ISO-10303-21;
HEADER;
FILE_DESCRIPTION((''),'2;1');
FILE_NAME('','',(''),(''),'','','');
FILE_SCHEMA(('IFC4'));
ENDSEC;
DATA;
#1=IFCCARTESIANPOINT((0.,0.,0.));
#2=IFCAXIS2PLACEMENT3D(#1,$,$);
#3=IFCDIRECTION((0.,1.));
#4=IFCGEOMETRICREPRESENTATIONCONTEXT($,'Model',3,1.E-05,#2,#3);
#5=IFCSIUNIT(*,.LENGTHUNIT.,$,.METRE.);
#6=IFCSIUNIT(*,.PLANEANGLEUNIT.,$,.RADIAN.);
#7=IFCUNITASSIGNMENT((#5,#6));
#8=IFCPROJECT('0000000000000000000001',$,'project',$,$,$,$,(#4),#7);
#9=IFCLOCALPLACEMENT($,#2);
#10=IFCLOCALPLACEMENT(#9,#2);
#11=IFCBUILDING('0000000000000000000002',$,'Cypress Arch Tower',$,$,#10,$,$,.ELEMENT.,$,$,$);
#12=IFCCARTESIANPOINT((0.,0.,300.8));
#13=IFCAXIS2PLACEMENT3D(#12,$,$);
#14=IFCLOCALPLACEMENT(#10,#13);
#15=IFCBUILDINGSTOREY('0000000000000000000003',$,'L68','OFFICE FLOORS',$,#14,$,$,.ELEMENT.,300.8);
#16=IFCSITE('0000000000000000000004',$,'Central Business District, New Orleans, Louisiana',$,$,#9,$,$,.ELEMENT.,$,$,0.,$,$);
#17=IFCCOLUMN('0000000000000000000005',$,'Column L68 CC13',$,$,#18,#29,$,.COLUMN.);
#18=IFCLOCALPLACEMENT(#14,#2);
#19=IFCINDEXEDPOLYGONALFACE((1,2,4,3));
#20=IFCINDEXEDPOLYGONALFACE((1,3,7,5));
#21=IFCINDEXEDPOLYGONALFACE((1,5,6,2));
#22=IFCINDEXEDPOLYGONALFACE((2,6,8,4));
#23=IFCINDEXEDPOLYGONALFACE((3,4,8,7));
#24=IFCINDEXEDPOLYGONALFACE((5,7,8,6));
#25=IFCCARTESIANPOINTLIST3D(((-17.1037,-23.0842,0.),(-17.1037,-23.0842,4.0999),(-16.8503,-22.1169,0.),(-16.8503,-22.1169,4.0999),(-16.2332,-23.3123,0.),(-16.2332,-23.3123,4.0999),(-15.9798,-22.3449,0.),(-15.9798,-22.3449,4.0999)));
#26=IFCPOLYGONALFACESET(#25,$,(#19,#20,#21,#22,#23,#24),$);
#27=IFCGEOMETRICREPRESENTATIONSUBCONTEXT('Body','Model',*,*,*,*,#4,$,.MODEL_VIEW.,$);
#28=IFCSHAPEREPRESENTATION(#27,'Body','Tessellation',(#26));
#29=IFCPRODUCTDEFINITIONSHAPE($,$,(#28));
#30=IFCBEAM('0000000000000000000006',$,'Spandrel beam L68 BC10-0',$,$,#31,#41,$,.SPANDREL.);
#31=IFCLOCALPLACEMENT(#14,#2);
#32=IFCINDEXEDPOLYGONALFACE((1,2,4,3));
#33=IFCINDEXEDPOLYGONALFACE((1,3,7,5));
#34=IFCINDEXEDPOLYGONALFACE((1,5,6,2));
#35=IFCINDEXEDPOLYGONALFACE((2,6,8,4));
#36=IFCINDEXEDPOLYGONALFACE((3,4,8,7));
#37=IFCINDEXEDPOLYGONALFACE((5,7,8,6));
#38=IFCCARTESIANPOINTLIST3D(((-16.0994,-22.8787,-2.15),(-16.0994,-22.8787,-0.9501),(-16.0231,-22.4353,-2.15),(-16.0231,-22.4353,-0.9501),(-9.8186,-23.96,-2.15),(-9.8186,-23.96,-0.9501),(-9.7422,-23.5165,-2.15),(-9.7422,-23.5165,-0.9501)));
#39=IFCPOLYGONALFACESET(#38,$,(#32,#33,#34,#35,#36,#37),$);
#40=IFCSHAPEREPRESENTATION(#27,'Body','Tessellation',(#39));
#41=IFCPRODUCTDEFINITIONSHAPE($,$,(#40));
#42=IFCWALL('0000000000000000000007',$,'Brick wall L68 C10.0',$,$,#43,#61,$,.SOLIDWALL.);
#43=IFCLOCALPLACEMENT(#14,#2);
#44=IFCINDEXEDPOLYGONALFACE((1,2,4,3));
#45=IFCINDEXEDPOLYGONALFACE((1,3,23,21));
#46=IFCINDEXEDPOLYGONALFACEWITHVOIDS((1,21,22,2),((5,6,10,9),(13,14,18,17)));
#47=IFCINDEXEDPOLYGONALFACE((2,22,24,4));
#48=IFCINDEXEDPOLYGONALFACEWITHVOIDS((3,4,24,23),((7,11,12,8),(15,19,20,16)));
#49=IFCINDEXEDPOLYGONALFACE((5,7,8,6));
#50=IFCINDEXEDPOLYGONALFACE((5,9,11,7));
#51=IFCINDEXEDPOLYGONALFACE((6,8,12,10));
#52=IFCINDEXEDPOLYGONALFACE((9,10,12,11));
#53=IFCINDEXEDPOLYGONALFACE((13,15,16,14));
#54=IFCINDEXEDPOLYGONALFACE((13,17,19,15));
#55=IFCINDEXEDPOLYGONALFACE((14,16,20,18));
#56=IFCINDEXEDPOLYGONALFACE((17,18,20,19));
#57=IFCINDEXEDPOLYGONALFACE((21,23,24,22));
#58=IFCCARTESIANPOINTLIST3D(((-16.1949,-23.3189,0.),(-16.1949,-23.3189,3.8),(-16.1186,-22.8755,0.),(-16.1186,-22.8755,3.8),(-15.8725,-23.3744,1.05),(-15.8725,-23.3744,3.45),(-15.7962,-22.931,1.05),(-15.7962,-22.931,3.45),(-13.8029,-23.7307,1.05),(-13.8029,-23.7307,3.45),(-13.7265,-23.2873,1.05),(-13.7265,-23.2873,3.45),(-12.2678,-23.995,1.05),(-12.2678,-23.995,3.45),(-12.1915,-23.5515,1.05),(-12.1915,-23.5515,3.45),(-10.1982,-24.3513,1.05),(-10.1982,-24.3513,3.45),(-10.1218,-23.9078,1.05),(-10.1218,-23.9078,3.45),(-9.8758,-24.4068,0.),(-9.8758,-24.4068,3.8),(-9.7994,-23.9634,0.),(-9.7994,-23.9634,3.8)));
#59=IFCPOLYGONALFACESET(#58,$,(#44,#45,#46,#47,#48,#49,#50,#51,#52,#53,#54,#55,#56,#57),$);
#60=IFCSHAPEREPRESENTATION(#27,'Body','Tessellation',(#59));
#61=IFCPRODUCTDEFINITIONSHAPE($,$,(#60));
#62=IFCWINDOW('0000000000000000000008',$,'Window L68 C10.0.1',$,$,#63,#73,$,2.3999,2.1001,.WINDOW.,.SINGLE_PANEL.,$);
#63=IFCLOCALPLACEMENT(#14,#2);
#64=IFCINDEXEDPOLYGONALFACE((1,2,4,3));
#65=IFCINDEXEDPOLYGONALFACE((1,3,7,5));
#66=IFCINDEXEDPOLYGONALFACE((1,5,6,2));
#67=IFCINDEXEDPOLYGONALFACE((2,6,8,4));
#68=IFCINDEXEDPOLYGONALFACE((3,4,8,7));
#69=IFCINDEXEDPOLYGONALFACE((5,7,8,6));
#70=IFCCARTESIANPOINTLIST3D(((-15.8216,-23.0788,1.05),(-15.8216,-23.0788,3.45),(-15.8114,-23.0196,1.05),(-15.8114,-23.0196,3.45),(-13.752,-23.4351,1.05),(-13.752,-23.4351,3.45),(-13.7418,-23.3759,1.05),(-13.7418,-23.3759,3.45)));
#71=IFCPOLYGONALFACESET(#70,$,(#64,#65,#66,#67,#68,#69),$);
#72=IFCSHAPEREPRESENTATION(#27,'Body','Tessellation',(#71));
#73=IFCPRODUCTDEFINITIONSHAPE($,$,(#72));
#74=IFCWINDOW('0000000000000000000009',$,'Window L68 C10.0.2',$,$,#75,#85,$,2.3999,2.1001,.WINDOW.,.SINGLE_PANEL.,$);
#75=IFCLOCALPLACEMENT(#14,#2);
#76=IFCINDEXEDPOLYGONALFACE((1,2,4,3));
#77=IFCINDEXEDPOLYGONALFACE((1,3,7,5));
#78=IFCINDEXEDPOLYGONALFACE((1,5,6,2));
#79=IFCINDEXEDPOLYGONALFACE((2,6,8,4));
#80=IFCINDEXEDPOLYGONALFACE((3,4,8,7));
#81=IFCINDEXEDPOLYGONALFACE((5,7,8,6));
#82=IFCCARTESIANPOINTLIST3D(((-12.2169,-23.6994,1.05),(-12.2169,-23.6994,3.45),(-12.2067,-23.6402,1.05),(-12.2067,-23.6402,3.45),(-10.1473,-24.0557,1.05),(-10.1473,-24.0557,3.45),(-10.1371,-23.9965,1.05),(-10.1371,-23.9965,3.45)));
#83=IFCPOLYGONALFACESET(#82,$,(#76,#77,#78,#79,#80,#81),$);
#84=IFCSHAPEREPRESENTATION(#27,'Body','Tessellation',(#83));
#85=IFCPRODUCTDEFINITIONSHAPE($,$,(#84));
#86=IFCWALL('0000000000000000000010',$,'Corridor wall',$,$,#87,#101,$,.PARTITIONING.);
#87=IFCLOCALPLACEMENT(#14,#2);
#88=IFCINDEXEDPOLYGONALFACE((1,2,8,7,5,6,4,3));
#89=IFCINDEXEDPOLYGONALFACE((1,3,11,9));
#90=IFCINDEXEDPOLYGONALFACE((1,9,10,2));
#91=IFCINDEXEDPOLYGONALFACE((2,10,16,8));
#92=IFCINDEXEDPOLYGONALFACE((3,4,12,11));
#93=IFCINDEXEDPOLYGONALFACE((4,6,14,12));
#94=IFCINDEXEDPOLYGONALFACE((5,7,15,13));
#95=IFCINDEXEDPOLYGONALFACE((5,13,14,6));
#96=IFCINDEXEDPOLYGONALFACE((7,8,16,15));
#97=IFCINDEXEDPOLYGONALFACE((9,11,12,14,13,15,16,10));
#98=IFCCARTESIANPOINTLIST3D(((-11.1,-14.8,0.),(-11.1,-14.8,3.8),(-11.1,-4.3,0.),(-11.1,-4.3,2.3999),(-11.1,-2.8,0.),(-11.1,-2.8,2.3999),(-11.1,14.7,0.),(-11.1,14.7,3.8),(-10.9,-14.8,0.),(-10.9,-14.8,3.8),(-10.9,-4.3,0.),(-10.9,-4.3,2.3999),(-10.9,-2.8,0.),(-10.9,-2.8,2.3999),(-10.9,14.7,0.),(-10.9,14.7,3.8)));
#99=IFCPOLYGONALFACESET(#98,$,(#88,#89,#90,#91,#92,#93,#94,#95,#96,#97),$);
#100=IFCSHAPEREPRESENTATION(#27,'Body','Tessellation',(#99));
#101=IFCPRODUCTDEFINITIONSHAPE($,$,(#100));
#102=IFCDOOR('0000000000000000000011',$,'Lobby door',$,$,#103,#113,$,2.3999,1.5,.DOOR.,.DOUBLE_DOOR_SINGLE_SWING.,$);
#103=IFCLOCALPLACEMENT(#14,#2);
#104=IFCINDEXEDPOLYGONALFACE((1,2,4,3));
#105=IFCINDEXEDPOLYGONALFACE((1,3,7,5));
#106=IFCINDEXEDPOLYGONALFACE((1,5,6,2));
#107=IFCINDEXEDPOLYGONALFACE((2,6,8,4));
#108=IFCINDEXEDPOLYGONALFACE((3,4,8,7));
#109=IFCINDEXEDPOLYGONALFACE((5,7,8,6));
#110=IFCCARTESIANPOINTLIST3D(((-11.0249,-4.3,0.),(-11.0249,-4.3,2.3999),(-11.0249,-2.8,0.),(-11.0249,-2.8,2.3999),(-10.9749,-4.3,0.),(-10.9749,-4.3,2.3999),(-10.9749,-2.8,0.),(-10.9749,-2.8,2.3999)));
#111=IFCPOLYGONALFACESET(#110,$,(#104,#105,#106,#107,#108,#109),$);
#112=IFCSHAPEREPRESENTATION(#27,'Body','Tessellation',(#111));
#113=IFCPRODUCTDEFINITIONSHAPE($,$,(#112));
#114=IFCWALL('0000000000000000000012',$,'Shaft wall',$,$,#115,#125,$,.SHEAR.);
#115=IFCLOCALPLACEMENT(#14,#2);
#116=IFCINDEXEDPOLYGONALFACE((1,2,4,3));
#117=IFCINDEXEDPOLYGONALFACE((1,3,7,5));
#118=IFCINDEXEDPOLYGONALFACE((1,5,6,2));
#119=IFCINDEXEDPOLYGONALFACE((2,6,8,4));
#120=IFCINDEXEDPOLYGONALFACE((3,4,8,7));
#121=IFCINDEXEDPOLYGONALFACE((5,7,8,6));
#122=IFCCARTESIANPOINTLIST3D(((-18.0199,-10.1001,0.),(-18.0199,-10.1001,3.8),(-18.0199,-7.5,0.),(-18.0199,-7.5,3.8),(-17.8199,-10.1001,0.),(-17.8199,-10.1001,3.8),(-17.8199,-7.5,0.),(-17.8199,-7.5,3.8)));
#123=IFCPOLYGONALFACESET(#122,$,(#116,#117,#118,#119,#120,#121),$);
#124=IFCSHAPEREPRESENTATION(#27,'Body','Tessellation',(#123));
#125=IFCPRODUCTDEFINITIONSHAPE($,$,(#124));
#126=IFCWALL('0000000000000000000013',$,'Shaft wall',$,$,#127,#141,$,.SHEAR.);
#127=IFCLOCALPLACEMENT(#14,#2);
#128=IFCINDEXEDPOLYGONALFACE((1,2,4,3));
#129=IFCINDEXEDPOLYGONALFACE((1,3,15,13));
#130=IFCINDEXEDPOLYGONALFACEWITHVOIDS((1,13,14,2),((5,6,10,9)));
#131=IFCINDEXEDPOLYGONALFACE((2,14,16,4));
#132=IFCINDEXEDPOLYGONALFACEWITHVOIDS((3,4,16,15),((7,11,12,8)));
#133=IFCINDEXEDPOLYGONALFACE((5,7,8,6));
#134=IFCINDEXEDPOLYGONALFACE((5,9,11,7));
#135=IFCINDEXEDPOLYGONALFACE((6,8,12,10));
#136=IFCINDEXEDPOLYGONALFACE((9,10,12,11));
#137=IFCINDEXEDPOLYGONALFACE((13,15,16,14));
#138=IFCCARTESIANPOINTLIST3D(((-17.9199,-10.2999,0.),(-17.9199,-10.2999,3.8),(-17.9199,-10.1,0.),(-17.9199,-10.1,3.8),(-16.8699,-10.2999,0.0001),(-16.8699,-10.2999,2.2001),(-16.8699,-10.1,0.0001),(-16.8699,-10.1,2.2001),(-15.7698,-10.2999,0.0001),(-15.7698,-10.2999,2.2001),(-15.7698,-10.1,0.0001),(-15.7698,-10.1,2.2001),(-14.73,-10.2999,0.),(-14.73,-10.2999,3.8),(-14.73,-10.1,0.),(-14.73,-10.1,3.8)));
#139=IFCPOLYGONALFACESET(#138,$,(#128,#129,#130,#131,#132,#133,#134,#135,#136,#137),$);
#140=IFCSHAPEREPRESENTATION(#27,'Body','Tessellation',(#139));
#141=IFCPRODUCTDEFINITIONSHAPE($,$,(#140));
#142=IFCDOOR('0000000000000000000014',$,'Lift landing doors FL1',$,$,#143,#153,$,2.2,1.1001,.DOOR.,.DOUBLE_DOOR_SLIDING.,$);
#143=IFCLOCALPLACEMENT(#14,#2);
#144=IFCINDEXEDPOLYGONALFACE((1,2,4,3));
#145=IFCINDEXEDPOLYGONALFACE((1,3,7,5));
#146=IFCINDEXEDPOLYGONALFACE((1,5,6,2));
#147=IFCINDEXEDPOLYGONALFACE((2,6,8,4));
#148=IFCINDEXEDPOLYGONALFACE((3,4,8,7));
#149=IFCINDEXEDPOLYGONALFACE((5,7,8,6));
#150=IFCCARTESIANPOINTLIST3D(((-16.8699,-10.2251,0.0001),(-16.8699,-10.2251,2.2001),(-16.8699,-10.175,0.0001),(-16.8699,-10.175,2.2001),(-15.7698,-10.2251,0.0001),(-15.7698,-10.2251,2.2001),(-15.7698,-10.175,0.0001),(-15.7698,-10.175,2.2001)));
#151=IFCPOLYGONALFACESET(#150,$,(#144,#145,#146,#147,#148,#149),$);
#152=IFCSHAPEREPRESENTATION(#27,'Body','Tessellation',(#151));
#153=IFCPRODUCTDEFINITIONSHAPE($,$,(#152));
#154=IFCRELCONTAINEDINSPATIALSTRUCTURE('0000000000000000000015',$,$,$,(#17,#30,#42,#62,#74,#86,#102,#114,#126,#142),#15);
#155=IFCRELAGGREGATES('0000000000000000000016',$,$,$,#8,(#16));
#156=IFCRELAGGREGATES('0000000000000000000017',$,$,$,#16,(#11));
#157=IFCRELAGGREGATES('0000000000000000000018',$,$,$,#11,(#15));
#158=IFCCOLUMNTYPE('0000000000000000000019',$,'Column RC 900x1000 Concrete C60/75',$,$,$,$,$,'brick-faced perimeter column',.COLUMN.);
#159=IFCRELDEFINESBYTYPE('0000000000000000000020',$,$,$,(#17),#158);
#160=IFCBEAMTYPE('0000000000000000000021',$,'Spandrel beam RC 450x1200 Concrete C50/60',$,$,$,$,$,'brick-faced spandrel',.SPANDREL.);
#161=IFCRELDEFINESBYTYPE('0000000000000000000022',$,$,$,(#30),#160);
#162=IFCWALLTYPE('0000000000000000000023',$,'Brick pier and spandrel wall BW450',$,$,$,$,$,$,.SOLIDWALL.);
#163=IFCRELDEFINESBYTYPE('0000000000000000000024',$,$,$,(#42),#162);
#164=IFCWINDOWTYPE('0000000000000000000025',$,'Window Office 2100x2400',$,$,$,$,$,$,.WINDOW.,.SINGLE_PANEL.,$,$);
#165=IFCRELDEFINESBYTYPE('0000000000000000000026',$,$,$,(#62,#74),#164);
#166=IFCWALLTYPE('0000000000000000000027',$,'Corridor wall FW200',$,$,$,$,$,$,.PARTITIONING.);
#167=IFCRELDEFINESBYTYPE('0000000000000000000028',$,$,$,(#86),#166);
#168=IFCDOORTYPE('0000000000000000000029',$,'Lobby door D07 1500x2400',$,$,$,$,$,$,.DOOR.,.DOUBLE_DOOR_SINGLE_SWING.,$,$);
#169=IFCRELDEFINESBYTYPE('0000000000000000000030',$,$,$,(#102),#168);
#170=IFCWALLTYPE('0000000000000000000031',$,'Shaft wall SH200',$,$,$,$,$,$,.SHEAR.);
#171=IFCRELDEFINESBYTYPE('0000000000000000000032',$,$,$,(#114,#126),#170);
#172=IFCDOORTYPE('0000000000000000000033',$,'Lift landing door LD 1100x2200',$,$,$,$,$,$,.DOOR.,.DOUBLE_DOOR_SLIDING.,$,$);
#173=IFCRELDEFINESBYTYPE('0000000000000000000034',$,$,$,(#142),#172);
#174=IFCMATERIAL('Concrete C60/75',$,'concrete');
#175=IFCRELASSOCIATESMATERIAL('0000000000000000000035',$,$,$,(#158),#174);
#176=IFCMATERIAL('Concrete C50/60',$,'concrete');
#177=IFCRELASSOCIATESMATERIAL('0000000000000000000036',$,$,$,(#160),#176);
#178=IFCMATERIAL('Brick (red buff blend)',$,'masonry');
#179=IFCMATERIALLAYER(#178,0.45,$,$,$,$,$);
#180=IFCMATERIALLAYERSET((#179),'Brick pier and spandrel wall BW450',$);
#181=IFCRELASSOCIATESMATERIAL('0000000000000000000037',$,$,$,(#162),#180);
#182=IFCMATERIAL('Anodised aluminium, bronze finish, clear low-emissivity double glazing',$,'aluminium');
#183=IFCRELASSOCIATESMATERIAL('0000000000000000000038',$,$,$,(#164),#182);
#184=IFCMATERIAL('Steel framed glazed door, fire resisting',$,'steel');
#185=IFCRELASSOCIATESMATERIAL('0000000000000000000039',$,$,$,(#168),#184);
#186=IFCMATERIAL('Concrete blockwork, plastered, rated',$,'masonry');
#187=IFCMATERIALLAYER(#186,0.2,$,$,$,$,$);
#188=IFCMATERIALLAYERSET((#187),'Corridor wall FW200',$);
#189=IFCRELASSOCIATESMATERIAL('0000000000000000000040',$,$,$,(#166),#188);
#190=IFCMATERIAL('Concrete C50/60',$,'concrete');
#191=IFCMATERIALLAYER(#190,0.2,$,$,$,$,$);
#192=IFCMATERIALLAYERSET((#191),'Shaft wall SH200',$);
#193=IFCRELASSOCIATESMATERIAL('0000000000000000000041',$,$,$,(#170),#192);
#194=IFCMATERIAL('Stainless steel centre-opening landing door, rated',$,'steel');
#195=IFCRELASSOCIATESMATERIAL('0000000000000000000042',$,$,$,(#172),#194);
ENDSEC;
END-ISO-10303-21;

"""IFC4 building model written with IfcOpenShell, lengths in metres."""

from ifc_helpers import new_model, si_unit, direction, frame, frame_2d, origin, origin_2d, place, context, subcontext, project, spatial, rectangle, extrude, material, layer, layer_set, material_profile, profile_set, type_object, element, fill, save


model = new_model("IFC4")

# Units and contexts
model_context = context("Model", 3, precision=1e-05, world=origin(), true_north=direction((0.0, 1.0)))
body_context = subcontext(model_context, "Body", "Model", "MODEL_VIEW")
ifc_project = project(units=[si_unit("LENGTHUNIT", "METRE"), si_unit("PLANEANGLEUNIT", "RADIAN")], contexts=[model_context])

# Site, building, storey
site_placement = place(None, origin())
site = spatial("IfcSite", under=ifc_project, at=site_placement, Name="Central Business District, New Orleans, Louisiana", CompositionType="ELEMENT", RefElevation=0.0)
building_placement = place(site_placement, origin())
building = spatial("IfcBuilding", under=site, at=building_placement, Name="Cypress Arch Tower", CompositionType="ELEMENT")
storey_placement = place(building_placement, frame((0.0, 0.0, 300.8)))
storey = spatial("IfcBuildingStorey", under=building, at=storey_placement, Name="L68", Description="OFFICE FLOORS", CompositionType="ELEMENT", Elevation=300.8)

# Column
ifc_material_1 = material(Name="Concrete C60/75", Category="concrete")
ifc_material_profile_1 = material_profile(ifc_material_1, rectangle(XDim=0.8999, YDim=1.0, at=origin_2d()), Name="RC 900x1000")
ifc_profile_set_1 = profile_set([ifc_material_profile_1], Name="Concrete C60/75")
column_type = type_object("IfcColumnType", Name="Column RC 900x1000 Concrete C60/75", ElementType="brick-faced perimeter column", PredefinedType="COLUMN", material=ifc_profile_set_1)
column_placement = place(storey_placement, frame((-16.5417, -22.7146, 0.0), z_axis=(0.0, 0.0, 1.0), x_axis=(0.967356, -0.253422, 0.0)))
element("IfcColumn", 1, at=column_placement, inside=storey, type_object=column_type, Name="Column L68 CC13", PredefinedType="COLUMN", context=body_context, shape_type="SweptSolid", body=[
    extrude(rectangle(XDim=0.8999, YDim=1.0, at=origin_2d()), origin(), (0.0, 0.0, 1.0), 4.0999),
])

# Beam
ifc_material_2 = material(Name="Concrete C50/60", Category="concrete")
ifc_material_profile_2 = material_profile(ifc_material_2, rectangle(XDim=0.45, YDim=1.2, at=origin_2d()), Name="RC 450x1200")
ifc_profile_set_2 = profile_set([ifc_material_profile_2], Name="Concrete C50/60")
beam_type = type_object("IfcBeamType", Name="Spandrel beam RC 450x1200 Concrete C50/60", ElementType="brick-faced spandrel", PredefinedType="SPANDREL", material=ifc_profile_set_2)
beam_placement = place(storey_placement, frame((-16.0613, -22.657, -1.55), z_axis=(0.985503, -0.169658, 0.0), x_axis=(0.169658, 0.985503, 0.0)))
element("IfcBeam", 2, at=beam_placement, inside=storey, type_object=beam_type, Name="Spandrel beam L68 BC10-0", PredefinedType="SPANDREL", context=body_context, shape_type="SweptSolid", body=[
    extrude(rectangle(XDim=0.45, YDim=1.2, at=origin_2d()), origin(), (0.0, 0.0, 1.0), 6.3733),
])

# Wall, openings, windows
ifc_material_3 = material(Name="Brick (red buff blend)", Category="masonry")
ifc_layer_1 = layer(ifc_material_3, 0.45)
ifc_layer_set_1 = layer_set([ifc_layer_1], Name="Brick pier and spandrel wall BW450")
wall_type_1 = type_object("IfcWallType", Name="Brick pier and spandrel wall BW450", PredefinedType="SOLIDWALL", material=ifc_layer_set_1)
wall_1_placement = place(storey_placement, frame((-16.1567, -23.0972, 0.0), z_axis=(0.0, 0.0, 1.0), x_axis=(0.985502, -0.169663, 0.0)))
wall_1 = element("IfcWall", 3, at=wall_1_placement, inside=storey, type_object=wall_type_1, Name="Brick wall L68 C10.0", PredefinedType="SOLIDWALL", context=body_context, shape_type="SweptSolid", body=[
    extrude(rectangle(XDim=6.4121, YDim=0.45, at=frame_2d((3.2061, 0.0))), origin(), (0.0, 0.0, 1.0), 3.8),
])
opening_1_placement = place(wall_1_placement, frame((0.3271, 0.0, 1.05)))
opening_1 = element("IfcOpeningElement", 4, at=opening_1_placement, cuts=wall_1, PredefinedType="OPENING", context=body_context, shape_type="SweptSolid", body=[
    extrude(rectangle(XDim=2.1001, YDim=2.3999, at=frame_2d((1.05, 1.2))), frame((0.0, 0.2349, 0.0), z_axis=(0.0, -1.0, 0.0), x_axis=(1.0, 0.0, 0.0)), (0.0, 0.0, 1.0), 0.47),
])
opening_2_placement = place(wall_1_placement, frame((3.9849, 0.0, 1.05)))
opening_2 = element("IfcOpeningElement", 5, at=opening_2_placement, cuts=wall_1, PredefinedType="OPENING", context=body_context, shape_type="SweptSolid", body=[
    extrude(rectangle(XDim=2.1001, YDim=2.3999, at=frame_2d((1.05, 1.2))), frame((0.0, 0.2349, 0.0), z_axis=(0.0, -1.0, 0.0), x_axis=(1.0, 0.0, 0.0)), (0.0, 0.0, 1.0), 0.47),
])
ifc_material_4 = material(Name="Anodised aluminium, bronze finish, clear low-emissivity double glazing", Category="aluminium")
window_type = type_object("IfcWindowType", Name="Window Office 2100x2400", PartitioningType="SINGLE_PANEL", PredefinedType="WINDOW", material=ifc_material_4)
window_1_placement = place(opening_1_placement, origin())
window_1 = element("IfcWindow", 6, at=window_1_placement, inside=storey, type_object=window_type, Name="Window L68 C10.0.1", OverallHeight=2.3999, OverallWidth=2.1001, PartitioningType="SINGLE_PANEL", PredefinedType="WINDOW", context=body_context, shape_type="SweptSolid", body=[
    extrude(rectangle(XDim=2.1001, YDim=2.3999, at=frame_2d((1.05, 1.2))), frame((0.0, 0.135, 0.0), z_axis=(0.0, -1.0, 0.0), x_axis=(1.0, 0.0, 0.0)), (0.0, 0.0, 1.0), 0.0601),
])
fill(opening_1, window_1)
window_2_placement = place(opening_2_placement, origin())
window_2 = element("IfcWindow", 7, at=window_2_placement, inside=storey, type_object=window_type, Name="Window L68 C10.0.2", OverallHeight=2.3999, OverallWidth=2.1001, PartitioningType="SINGLE_PANEL", PredefinedType="WINDOW", context=body_context, shape_type="SweptSolid", body=[
    extrude(rectangle(XDim=2.1001, YDim=2.3999, at=frame_2d((1.05, 1.2))), frame((0.0, 0.135, 0.0), z_axis=(0.0, -1.0, 0.0), x_axis=(1.0, 0.0, 0.0)), (0.0, 0.0, 1.0), 0.0601),
])
fill(opening_2, window_2)

# Shared definitions
ifc_material_5 = material(Name="Steel framed glazed door, fire resisting", Category="steel")
door_type_1 = type_object("IfcDoorType", Name="Lobby door D07 1500x2400", OperationType="DOUBLE_DOOR_SINGLE_SWING", PredefinedType="DOOR", material=ifc_material_5)

# Shared definitions
ifc_material_6 = material(Name="Concrete blockwork, plastered, rated", Category="masonry")
ifc_layer_2 = layer(ifc_material_6, 0.2)
ifc_layer_set_2 = layer_set([ifc_layer_2], Name="Corridor wall FW200")
wall_type_2 = type_object("IfcWallType", Name="Corridor wall FW200", PredefinedType="PARTITIONING", material=ifc_layer_set_2)

# Wall, opening, door
wall_2_placement = place(storey_placement, frame((-11.0, -14.8, 0.0), z_axis=(0.0, 0.0, 1.0), x_axis=(0.0, 1.0, 0.0)))
wall_2 = element("IfcWall", 8, at=wall_2_placement, inside=storey, type_object=wall_type_2, Name="Corridor wall", PredefinedType="PARTITIONING", context=body_context, shape_type="SweptSolid", body=[
    extrude(rectangle(XDim=29.5, YDim=0.2, at=frame_2d((14.75, 0.0))), origin(), (0.0, 0.0, 1.0), 3.8),
])
opening_3_placement = place(wall_2_placement, frame((10.5, 0.0, 0.0)))
opening_3 = element("IfcOpeningElement", 9, at=opening_3_placement, cuts=wall_2, PredefinedType="OPENING", context=body_context, shape_type="SweptSolid", body=[
    extrude(rectangle(XDim=1.5, YDim=2.3999, at=frame_2d((0.75, 1.2))), frame((0.0, 0.1099, 0.0), z_axis=(0.0, -1.0, 0.0), x_axis=(1.0, 0.0, 0.0)), (0.0, 0.0, 1.0), 0.22),
])
door_1_placement = place(opening_3_placement, origin())
door_1 = element("IfcDoor", 10, at=door_1_placement, inside=storey, type_object=door_type_1, Name="Lobby door", OperationType="DOUBLE_DOOR_SINGLE_SWING", OverallHeight=2.3999, OverallWidth=1.5, PredefinedType="DOOR", context=body_context, shape_type="SweptSolid", body=[
    extrude(rectangle(XDim=1.5, YDim=2.3999, at=frame_2d((0.75, 1.2))), frame((0.0, 0.0249, 0.0), z_axis=(0.0, -1.0, 0.0), x_axis=(1.0, 0.0, 0.0)), (0.0, 0.0, 1.0), 0.05),
])
fill(opening_3, door_1)

# Wall
ifc_material_7 = material(Name="Concrete C50/60", Category="concrete")
ifc_layer_3 = layer(ifc_material_7, 0.2)
ifc_layer_set_3 = layer_set([ifc_layer_3], Name="Shaft wall SH200")
wall_type_3 = type_object("IfcWallType", Name="Shaft wall SH200", PredefinedType="SHEAR", material=ifc_layer_set_3)
wall_3_placement = place(storey_placement, frame((-17.9199, -10.1001, 0.0), z_axis=(0.0, 0.0, 1.0), x_axis=(0.0, 1.0, 0.0)))
element("IfcWall", 11, at=wall_3_placement, inside=storey, type_object=wall_type_3, Name="Shaft wall", PredefinedType="SHEAR", context=body_context, shape_type="SweptSolid", body=[
    extrude(rectangle(XDim=2.6001, YDim=0.2, at=frame_2d((1.3, 0.0))), origin(), (0.0, 0.0, 1.0), 3.8),
])

# Wall, opening, door
wall_4_placement = place(storey_placement, frame((-17.9199, -10.2, 0.0), z_axis=(0.0, 0.0, 1.0), x_axis=(1.0, 0.0, 0.0)))
wall_4 = element("IfcWall", 12, at=wall_4_placement, inside=storey, type_object=wall_type_3, Name="Shaft wall", PredefinedType="SHEAR", context=body_context, shape_type="SweptSolid", body=[
    extrude(rectangle(XDim=3.1899, YDim=0.2, at=frame_2d((1.595, 0.0))), origin(), (0.0, 0.0, 1.0), 3.8),
])
opening_4_placement = place(wall_4_placement, frame((1.05, 0.0, 0.0)))
opening_4 = element("IfcOpeningElement", 13, at=opening_4_placement, cuts=wall_4, PredefinedType="OPENING", context=body_context, shape_type="SweptSolid", body=[
    extrude(rectangle(XDim=1.1001, YDim=2.2, at=frame_2d((0.55, 1.1001))), frame((0.0, 0.1099, 0.0), z_axis=(0.0, -1.0, 0.0), x_axis=(1.0, 0.0, 0.0)), (0.0, 0.0, 1.0), 0.22),
])
ifc_material_8 = material(Name="Stainless steel centre-opening landing door, rated", Category="steel")
door_type_2 = type_object("IfcDoorType", Name="Lift landing door LD 1100x2200", OperationType="DOUBLE_DOOR_SLIDING", PredefinedType="DOOR", material=ifc_material_8)
door_2_placement = place(opening_4_placement, origin())
door_2 = element("IfcDoor", 14, at=door_2_placement, inside=storey, type_object=door_type_2, Name="Lift landing doors FL1", OperationType="DOUBLE_DOOR_SLIDING", OverallHeight=2.2, OverallWidth=1.1001, PredefinedType="DOOR", context=body_context, shape_type="SweptSolid", body=[
    extrude(rectangle(XDim=1.1001, YDim=2.2, at=frame_2d((0.55, 1.1001))), frame((0.0, 0.0249, 0.0), z_axis=(0.0, -1.0, 0.0), x_axis=(1.0, 0.0, 0.0)), (0.0, 0.0, 1.0), 0.05),
])
fill(opening_4, door_2)

save(model, "model.ifc")
